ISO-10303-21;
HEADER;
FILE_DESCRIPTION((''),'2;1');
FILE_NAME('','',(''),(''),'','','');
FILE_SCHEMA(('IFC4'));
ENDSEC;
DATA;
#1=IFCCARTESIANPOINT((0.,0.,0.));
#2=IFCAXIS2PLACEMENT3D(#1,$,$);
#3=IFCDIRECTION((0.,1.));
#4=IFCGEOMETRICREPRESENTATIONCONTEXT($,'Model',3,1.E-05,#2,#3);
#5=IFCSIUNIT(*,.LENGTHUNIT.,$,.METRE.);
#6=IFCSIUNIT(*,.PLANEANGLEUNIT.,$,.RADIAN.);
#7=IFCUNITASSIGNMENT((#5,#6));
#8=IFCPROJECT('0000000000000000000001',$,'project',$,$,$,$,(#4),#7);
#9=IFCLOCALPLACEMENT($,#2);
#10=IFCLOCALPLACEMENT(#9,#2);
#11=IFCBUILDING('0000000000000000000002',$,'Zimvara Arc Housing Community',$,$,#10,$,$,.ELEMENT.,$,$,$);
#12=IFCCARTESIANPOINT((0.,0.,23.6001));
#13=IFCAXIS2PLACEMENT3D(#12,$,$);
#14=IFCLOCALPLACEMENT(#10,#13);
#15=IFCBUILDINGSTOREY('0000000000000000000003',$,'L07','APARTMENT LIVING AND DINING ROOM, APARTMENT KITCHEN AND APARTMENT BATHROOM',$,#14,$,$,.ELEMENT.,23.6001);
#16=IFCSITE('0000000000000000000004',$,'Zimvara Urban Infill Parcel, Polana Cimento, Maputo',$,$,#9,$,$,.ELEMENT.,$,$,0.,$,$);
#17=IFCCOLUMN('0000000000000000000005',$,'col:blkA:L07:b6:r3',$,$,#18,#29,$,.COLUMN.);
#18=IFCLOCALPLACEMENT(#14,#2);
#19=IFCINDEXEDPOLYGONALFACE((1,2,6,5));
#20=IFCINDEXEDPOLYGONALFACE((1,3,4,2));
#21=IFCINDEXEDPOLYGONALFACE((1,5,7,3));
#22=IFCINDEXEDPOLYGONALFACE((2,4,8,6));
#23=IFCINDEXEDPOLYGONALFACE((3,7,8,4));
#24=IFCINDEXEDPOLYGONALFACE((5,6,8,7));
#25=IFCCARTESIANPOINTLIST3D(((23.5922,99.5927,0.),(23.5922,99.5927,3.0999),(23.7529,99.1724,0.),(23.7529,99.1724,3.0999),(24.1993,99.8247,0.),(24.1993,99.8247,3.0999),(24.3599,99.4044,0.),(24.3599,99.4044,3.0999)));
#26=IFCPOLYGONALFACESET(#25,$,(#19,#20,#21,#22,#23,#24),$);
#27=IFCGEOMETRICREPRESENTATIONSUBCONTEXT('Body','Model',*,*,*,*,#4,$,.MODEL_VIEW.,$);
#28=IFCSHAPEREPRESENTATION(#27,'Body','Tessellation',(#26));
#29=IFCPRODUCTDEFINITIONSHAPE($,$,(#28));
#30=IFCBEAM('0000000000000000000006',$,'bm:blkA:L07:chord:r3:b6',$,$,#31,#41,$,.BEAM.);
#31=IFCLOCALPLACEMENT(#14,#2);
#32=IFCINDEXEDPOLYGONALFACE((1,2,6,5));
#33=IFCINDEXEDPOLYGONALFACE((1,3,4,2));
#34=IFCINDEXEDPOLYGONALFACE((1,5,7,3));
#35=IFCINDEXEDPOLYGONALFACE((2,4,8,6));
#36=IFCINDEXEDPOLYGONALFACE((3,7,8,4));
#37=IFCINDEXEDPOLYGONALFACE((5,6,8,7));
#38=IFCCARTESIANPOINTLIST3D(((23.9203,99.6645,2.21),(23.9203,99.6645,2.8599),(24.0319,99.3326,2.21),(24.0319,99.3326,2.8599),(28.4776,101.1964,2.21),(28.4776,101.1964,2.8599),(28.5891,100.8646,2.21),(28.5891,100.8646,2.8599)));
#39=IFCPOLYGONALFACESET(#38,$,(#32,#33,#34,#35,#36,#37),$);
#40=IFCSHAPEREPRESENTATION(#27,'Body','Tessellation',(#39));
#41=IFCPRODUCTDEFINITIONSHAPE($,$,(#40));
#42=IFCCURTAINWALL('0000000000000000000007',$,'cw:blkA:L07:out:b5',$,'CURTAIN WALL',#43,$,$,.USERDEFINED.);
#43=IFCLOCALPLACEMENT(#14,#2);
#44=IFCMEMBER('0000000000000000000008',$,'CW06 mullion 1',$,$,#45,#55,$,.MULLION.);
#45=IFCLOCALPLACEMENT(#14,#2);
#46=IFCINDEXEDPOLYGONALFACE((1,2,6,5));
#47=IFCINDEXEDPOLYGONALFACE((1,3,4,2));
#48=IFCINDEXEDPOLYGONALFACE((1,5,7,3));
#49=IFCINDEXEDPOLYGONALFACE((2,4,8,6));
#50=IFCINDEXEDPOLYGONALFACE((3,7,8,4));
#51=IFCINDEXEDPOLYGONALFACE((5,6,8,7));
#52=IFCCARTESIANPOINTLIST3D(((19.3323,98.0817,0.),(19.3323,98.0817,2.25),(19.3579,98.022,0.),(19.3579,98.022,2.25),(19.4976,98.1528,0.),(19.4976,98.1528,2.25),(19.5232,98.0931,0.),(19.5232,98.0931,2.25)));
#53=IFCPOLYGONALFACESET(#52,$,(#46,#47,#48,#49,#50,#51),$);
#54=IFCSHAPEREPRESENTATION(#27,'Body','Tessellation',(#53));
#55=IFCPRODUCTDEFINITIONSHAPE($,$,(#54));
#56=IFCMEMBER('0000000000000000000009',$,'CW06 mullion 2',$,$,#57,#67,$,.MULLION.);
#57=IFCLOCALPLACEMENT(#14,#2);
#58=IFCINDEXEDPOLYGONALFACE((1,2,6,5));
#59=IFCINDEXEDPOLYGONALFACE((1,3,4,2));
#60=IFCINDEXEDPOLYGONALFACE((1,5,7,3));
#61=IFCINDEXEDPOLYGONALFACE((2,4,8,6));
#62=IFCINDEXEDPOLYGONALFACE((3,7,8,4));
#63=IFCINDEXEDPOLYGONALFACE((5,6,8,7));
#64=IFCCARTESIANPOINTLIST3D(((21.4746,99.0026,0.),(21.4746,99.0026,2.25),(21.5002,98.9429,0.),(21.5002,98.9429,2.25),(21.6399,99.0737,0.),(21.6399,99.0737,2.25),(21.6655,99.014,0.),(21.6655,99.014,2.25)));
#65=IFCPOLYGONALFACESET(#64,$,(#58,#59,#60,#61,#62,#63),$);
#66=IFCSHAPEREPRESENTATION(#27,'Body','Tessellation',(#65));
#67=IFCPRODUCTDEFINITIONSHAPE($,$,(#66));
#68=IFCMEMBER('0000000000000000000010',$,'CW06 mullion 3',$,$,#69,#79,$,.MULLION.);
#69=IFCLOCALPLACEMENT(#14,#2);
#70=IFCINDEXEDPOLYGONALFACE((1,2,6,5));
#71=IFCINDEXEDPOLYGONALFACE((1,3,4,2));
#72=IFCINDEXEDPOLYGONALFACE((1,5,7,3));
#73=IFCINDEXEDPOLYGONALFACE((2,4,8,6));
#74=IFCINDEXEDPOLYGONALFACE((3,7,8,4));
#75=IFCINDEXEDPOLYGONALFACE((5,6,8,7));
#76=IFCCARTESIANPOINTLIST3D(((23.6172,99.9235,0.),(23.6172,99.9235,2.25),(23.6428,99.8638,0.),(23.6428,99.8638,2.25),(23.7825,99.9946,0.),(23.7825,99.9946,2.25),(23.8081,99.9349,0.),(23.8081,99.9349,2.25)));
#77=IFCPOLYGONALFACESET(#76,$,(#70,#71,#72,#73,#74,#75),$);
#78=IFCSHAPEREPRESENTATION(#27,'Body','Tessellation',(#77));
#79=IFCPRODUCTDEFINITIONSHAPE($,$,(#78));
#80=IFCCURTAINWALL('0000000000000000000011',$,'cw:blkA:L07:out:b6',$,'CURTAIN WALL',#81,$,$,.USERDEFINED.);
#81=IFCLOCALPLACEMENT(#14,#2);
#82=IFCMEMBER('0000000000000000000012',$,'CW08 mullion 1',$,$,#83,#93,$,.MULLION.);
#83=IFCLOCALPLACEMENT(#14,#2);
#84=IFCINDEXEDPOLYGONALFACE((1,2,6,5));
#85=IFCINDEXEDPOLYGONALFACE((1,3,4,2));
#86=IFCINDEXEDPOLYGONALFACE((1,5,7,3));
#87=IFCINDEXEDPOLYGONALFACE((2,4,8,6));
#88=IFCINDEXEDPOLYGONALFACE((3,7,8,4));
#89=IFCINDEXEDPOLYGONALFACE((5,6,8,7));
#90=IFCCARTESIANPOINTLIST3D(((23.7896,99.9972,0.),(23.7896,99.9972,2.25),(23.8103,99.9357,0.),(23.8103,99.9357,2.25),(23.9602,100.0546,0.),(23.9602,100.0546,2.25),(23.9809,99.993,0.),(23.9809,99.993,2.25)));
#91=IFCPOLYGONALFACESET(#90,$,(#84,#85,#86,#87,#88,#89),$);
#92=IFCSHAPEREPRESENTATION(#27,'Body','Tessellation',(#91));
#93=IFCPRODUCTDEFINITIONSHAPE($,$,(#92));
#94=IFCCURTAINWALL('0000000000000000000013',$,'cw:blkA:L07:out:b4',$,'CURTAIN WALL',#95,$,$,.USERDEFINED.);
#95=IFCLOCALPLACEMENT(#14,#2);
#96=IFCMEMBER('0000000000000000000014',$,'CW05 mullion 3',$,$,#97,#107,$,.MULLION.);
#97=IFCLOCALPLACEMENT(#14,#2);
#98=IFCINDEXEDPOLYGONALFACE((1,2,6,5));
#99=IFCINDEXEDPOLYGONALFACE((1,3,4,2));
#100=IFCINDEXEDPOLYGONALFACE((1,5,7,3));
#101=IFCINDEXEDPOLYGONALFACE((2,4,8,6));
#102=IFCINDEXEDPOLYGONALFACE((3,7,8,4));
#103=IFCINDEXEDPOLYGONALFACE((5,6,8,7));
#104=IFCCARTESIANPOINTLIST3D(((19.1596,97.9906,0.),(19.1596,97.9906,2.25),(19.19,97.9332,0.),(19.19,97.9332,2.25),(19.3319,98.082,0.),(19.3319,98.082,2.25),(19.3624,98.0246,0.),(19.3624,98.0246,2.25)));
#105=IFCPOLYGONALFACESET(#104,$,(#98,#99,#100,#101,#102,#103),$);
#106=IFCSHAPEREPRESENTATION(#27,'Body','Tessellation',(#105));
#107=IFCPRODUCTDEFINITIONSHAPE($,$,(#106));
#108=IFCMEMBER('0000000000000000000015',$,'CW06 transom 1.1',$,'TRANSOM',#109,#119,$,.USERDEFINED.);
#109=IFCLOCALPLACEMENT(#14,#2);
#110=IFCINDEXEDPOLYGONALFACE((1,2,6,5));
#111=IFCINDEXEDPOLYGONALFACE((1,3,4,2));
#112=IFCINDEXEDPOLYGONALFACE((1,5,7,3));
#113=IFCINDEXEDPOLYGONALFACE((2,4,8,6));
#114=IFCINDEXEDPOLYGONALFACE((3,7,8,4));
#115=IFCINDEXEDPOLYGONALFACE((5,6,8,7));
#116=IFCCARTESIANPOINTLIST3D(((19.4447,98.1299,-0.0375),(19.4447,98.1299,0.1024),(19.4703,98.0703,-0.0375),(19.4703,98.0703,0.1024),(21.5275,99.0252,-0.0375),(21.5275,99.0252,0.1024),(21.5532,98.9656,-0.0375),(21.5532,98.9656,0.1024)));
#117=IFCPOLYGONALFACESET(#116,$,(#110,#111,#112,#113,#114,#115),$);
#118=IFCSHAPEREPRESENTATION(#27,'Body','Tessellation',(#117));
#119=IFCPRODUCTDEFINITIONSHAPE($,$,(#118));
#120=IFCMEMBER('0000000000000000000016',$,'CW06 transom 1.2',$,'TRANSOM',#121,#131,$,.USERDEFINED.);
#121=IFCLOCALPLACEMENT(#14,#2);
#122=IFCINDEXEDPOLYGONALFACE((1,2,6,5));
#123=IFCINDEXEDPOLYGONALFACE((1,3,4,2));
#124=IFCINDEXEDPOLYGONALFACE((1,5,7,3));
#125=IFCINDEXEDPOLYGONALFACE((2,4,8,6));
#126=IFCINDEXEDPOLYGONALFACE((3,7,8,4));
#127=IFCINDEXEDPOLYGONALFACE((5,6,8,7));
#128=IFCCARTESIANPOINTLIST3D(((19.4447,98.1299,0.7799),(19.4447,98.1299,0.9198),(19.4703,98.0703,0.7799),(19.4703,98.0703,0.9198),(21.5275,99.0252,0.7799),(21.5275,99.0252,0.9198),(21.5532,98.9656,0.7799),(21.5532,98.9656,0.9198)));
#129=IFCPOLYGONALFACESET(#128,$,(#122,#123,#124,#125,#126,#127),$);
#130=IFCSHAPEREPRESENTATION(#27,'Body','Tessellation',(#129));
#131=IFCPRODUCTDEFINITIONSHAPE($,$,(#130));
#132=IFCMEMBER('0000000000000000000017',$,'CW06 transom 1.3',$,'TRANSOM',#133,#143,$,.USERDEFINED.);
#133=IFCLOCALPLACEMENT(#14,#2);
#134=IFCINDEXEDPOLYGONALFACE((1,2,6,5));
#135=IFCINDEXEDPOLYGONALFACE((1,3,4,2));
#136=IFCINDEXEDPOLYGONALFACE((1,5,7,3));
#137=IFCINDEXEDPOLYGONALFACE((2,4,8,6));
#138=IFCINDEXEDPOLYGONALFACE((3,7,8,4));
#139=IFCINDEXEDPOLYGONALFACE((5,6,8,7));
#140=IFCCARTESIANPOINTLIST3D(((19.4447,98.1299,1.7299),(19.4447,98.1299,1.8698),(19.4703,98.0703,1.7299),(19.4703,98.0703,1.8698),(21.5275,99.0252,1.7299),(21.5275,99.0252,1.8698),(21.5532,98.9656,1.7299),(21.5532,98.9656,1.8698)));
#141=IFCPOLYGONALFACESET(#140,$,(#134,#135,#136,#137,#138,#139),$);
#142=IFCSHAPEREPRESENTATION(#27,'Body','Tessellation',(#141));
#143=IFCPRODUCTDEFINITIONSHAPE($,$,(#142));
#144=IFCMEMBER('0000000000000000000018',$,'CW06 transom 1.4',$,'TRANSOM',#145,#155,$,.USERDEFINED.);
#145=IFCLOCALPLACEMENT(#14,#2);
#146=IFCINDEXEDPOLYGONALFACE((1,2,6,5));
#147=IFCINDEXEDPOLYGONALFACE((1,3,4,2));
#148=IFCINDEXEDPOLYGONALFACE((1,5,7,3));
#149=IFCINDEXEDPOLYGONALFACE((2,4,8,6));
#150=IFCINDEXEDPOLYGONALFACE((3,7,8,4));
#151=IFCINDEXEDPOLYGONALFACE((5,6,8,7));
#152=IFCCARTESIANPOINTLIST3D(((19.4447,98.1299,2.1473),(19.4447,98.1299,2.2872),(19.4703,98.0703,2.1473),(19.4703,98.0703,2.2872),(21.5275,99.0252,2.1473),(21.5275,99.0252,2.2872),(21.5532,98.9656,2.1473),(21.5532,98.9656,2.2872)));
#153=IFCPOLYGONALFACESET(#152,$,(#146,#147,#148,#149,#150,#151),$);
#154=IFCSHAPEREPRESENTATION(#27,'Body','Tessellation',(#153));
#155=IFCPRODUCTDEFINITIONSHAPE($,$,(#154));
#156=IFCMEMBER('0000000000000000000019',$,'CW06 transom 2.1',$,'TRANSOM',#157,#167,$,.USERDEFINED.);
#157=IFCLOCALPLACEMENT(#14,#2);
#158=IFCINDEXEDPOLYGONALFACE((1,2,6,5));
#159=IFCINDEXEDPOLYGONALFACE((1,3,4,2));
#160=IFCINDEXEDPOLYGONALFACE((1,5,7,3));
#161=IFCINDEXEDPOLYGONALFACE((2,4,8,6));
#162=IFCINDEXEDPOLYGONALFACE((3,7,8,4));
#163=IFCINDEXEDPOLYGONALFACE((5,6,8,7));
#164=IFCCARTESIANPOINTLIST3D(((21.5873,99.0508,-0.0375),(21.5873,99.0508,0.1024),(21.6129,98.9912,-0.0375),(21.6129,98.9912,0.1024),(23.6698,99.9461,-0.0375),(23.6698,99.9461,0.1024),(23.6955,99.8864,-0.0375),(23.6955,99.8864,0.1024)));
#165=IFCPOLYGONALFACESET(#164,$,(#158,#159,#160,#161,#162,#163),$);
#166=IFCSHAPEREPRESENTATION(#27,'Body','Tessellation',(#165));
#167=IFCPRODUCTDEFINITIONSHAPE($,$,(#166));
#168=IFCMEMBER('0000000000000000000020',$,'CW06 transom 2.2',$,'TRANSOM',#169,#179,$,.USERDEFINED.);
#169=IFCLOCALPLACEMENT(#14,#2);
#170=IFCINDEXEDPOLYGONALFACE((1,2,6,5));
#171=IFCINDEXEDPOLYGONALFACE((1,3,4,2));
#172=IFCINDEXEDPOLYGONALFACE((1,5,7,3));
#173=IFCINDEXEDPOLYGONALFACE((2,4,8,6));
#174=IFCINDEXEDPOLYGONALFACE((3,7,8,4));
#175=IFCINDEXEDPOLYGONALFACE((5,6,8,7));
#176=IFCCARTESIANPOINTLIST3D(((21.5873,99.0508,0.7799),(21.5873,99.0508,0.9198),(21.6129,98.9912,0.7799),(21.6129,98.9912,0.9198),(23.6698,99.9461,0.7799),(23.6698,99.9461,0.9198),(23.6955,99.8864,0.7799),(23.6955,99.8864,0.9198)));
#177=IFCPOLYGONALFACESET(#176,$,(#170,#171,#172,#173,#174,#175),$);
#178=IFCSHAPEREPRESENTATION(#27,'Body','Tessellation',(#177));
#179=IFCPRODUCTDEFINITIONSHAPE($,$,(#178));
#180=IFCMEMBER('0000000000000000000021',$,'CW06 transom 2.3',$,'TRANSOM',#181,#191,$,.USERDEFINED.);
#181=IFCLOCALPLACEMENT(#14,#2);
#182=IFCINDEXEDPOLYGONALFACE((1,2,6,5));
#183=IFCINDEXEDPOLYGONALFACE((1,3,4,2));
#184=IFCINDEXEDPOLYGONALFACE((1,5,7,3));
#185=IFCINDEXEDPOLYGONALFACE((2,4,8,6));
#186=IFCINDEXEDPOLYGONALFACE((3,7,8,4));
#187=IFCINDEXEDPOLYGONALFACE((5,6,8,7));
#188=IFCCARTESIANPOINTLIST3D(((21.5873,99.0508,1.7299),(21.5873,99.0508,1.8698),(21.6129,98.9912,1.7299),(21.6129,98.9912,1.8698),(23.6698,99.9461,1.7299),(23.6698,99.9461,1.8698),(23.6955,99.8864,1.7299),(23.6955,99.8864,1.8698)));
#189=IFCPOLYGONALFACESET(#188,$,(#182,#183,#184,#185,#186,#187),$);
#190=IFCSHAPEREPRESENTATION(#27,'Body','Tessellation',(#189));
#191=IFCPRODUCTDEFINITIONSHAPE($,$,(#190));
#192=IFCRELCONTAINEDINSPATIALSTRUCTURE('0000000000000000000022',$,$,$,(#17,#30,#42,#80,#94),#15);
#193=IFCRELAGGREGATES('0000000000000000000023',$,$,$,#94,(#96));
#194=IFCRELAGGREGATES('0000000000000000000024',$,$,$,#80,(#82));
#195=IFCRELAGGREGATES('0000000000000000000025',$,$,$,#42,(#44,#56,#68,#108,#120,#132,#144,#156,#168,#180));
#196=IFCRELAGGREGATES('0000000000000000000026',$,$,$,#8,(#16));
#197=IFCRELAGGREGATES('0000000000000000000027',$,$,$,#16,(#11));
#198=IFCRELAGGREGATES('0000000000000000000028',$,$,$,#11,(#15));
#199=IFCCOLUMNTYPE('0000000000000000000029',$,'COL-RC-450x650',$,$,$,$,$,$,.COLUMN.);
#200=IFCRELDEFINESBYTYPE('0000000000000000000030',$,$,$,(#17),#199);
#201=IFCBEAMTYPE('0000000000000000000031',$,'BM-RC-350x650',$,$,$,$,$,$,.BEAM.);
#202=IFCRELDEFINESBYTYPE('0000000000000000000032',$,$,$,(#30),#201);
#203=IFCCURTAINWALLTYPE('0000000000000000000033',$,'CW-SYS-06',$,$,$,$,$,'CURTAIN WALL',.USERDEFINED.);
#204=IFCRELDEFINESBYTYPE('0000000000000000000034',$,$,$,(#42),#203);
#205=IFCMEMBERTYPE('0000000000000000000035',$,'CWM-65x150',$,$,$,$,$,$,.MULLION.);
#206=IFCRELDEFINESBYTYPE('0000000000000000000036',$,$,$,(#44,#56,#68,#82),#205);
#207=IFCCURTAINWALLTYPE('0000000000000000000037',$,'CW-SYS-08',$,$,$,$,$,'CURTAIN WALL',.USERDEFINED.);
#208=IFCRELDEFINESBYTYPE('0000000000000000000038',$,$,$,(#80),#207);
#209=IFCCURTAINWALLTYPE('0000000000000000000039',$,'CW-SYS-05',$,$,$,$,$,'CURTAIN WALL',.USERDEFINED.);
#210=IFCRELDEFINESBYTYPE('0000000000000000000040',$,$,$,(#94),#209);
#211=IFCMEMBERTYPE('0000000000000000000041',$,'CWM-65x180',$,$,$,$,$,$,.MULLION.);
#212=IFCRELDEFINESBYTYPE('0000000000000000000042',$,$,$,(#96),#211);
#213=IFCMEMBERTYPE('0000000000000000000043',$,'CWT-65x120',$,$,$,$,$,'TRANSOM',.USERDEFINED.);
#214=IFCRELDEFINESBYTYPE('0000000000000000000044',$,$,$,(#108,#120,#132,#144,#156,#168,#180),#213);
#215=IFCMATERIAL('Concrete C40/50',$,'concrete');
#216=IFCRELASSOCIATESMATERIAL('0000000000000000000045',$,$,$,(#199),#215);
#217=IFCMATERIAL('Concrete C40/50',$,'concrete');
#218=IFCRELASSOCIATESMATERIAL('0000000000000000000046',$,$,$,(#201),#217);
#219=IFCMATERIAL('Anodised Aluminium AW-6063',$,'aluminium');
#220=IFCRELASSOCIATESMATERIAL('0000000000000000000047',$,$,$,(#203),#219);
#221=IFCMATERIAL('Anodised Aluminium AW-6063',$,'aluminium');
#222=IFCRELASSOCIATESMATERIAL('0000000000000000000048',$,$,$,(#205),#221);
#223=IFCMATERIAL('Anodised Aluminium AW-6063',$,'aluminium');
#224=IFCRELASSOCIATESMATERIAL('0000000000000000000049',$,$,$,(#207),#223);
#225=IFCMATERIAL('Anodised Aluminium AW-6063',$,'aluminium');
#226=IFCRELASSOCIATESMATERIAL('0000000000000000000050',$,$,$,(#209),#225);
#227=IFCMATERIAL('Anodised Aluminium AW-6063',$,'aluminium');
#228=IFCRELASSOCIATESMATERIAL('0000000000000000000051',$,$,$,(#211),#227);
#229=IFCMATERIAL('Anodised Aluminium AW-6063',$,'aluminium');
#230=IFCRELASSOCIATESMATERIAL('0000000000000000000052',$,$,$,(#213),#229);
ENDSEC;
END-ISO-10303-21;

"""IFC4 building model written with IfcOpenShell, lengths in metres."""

from ifc_helpers import new_model, si_unit, direction, frame, origin, origin_2d, place, context, subcontext, project, spatial, rectangle, extrude, material, material_profile, profile_set, type_object, element, aggregate, save


model = new_model("IFC4")

# Units and contexts
model_context = context("Model", 3, precision=1e-05, world=origin(), true_north=direction((0.0, 1.0)))
body_context = subcontext(model_context, "Body", "Model", "MODEL_VIEW")
ifc_project = project(units=[si_unit("LENGTHUNIT", "METRE"), si_unit("PLANEANGLEUNIT", "RADIAN")], contexts=[model_context])

# Site, building, storey
site_placement = place(None, origin())
site = spatial("IfcSite", under=ifc_project, at=site_placement, Name="Zimvara Urban Infill Parcel, Polana Cimento, Maputo", CompositionType="ELEMENT", RefElevation=0.0)
building_placement = place(site_placement, origin())
building = spatial("IfcBuilding", under=site, at=building_placement, Name="Zimvara Arc Housing Community", CompositionType="ELEMENT")
storey_placement = place(building_placement, frame((0.0, 0.0, 23.6001)))
storey = spatial("IfcBuildingStorey", under=building, at=storey_placement, Name="L07", Description="APARTMENT LIVING AND DINING ROOM, APARTMENT KITCHEN AND APARTMENT BATHROOM", CompositionType="ELEMENT", Elevation=23.6001)

# Column
ifc_material_1 = material(Name="Concrete C40/50", Category="concrete")
ifc_material_profile_1 = material_profile(ifc_material_1, rectangle(XDim=0.45, YDim=0.6499, at=origin_2d()), Name="RC 450x650")
ifc_profile_set_1 = profile_set([ifc_material_profile_1], Name="Concrete C40/50")
column_type = type_object("IfcColumnType", Name="COL-RC-450x650", PredefinedType="COLUMN", material=ifc_profile_set_1)
column_placement = place(storey_placement, frame((23.9761, 99.4985, 0.0), z_axis=(0.0, 0.0, 1.0), x_axis=(-0.357064, 0.93408, 0.0)))
element("IfcColumn", 1, at=column_placement, inside=storey, type_object=column_type, Name="col:blkA:L07:b6:r3", PredefinedType="COLUMN", context=body_context, shape_type="SweptSolid", body=[
    extrude(rectangle(XDim=0.45, YDim=0.6499, at=origin_2d()), origin(), (0.0, 0.0, 1.0), 3.0999),
])

# Beam
ifc_material_2 = material(Name="Concrete C40/50", Category="concrete")
ifc_material_profile_2 = material_profile(ifc_material_2, rectangle(XDim=0.3501, YDim=0.6499, at=origin_2d()), Name="RC 350x650")
ifc_profile_set_2 = profile_set([ifc_material_profile_2], Name="Concrete C40/50")
beam_type = type_object("IfcBeamType", Name="BM-RC-350x650", PredefinedType="BEAM", material=ifc_profile_set_2)
beam_placement = place(storey_placement, frame((23.9761, 99.4985, 2.5349), z_axis=(0.947878, 0.318634, 0.0), x_axis=(-0.318634, 0.947878, 0.0)))
element("IfcBeam", 2, at=beam_placement, inside=storey, type_object=beam_type, Name="bm:blkA:L07:chord:r3:b6", PredefinedType="BEAM", context=body_context, shape_type="SweptSolid", body=[
    extrude(rectangle(XDim=0.3501, YDim=0.6499, at=origin_2d()), origin(), (0.0, 0.0, 1.0), 4.8079),
])

# Curtain wall, members
ifc_material_3 = material(Name="Anodised Aluminium AW-6063", Category="aluminium")
curtain_wall_type_1 = type_object("IfcCurtainWallType", Name="CW-SYS-06", ElementType="CURTAIN WALL", PredefinedType="USERDEFINED", material=ifc_material_3)
curtain_wall_1_placement = place(storey_placement, origin())
curtain_wall_1 = element("IfcCurtainWall", 3, at=curtain_wall_1_placement, inside=storey, type_object=curtain_wall_type_1, Name="cw:blkA:L07:out:b5", ObjectType="CURTAIN WALL", PredefinedType="USERDEFINED")
ifc_material_4 = material(Name="Anodised Aluminium AW-6063", Category="aluminium")
ifc_material_profile_3 = material_profile(ifc_material_4, rectangle(XDim=0.0649, YDim=0.1799, at=origin_2d()), Name="ALU 65x180")
ifc_profile_set_3 = profile_set([ifc_material_profile_3], Name="Anodised Aluminium AW-6063")
member_type_1 = type_object("IfcMemberType", Name="CWM-65x150", PredefinedType="MULLION", material=ifc_profile_set_3)
member_1_placement = place(storey_placement, frame((19.4277, 98.0874, 0.0), z_axis=(0.0, 0.0, 1.0), x_axis=(-0.394904, 0.918722, 0.0)))
member_1 = element("IfcMember", 4, at=member_1_placement, type_object=member_type_1, Name="CW06 mullion 1", PredefinedType="MULLION", context=body_context, shape_type="SweptSolid", body=[
    extrude(rectangle(XDim=0.0649, YDim=0.1799, at=origin_2d()), origin(), (0.0, 0.0, 1.0), 2.25),
])
member_2_placement = place(storey_placement, frame((21.5701, 99.0083, 0.0), z_axis=(0.0, 0.0, 1.0), x_axis=(-0.394904, 0.918722, 0.0)))
member_2 = element("IfcMember", 5, at=member_2_placement, type_object=member_type_1, Name="CW06 mullion 2", PredefinedType="MULLION", context=body_context, shape_type="SweptSolid", body=[
    extrude(rectangle(XDim=0.0649, YDim=0.1799, at=origin_2d()), origin(), (0.0, 0.0, 1.0), 2.25),
])
member_3_placement = place(storey_placement, frame((23.7126, 99.9292, 0.0), z_axis=(0.0, 0.0, 1.0), x_axis=(-0.394904, 0.918722, 0.0)))
member_3 = element("IfcMember", 6, at=member_3_placement, type_object=member_type_1, Name="CW06 mullion 3", PredefinedType="MULLION", context=body_context, shape_type="SweptSolid", body=[
    extrude(rectangle(XDim=0.0649, YDim=0.1799, at=origin_2d()), origin(), (0.0, 0.0, 1.0), 2.25),
])

# Curtain walls, members
ifc_material_5 = material(Name="Anodised Aluminium AW-6063", Category="aluminium")
curtain_wall_type_2 = type_object("IfcCurtainWallType", Name="CW-SYS-08", ElementType="CURTAIN WALL", PredefinedType="USERDEFINED", material=ifc_material_5)
curtain_wall_2_placement = place(storey_placement, origin())
curtain_wall_2 = element("IfcCurtainWall", 7, at=curtain_wall_2_placement, inside=storey, type_object=curtain_wall_type_2, Name="cw:blkA:L07:out:b6", ObjectType="CURTAIN WALL", PredefinedType="USERDEFINED")
member_4_placement = place(storey_placement, frame((23.8853, 99.9951, 0.0), z_axis=(0.0, 0.0, 1.0), x_axis=(-0.318629, 0.94788, 0.0)))
member_4 = element("IfcMember", 8, at=member_4_placement, type_object=member_type_1, Name="CW08 mullion 1", PredefinedType="MULLION", context=body_context, shape_type="SweptSolid", body=[
    extrude(rectangle(XDim=0.0649, YDim=0.1799, at=origin_2d()), origin(), (0.0, 0.0, 1.0), 2.25),
])
ifc_material_6 = material(Name="Anodised Aluminium AW-6063", Category="aluminium")
curtain_wall_type_3 = type_object("IfcCurtainWallType", Name="CW-SYS-05", ElementType="CURTAIN WALL", PredefinedType="USERDEFINED", material=ifc_material_6)
curtain_wall_3_placement = place(storey_placement, origin())
curtain_wall_3 = element("IfcCurtainWall", 9, at=curtain_wall_3_placement, inside=storey, type_object=curtain_wall_type_3, Name="cw:blkA:L07:out:b4", ObjectType="CURTAIN WALL", PredefinedType="USERDEFINED")
ifc_material_7 = material(Name="Anodised Aluminium AW-6063", Category="aluminium")
ifc_material_profile_4 = material_profile(ifc_material_7, rectangle(XDim=0.0649, YDim=0.1951, at=origin_2d()), Name="ALU 65x195")
ifc_profile_set_4 = profile_set([ifc_material_profile_4], Name="Anodised Aluminium AW-6063")
member_type_2 = type_object("IfcMemberType", Name="CWM-65x180", PredefinedType="MULLION", material=ifc_profile_set_4)
member_5_placement = place(storey_placement, frame((19.261, 98.0076, 0.0), z_axis=(0.0, 0.0, 1.0), x_axis=(-0.468547, 0.883439, 0.0)))
member_5 = element("IfcMember", 10, at=member_5_placement, type_object=member_type_2, Name="CW05 mullion 3", PredefinedType="MULLION", context=body_context, shape_type="SweptSolid", body=[
    extrude(rectangle(XDim=0.0649, YDim=0.1951, at=origin_2d()), origin(), (0.0, 0.0, 1.0), 2.25),
])
aggregate(curtain_wall_3, [member_5])

# Members
ifc_material_8 = material(Name="Anodised Aluminium AW-6063", Category="aluminium")
ifc_material_profile_5 = material_profile(ifc_material_8, rectangle(XDim=0.0649, YDim=0.1399, at=origin_2d()), Name="ALU 65x140")
ifc_profile_set_5 = profile_set([ifc_material_profile_5], Name="Anodised Aluminium AW-6063")
member_type_3 = type_object("IfcMemberType", Name="CWT-65x120", ElementType="TRANSOM", PredefinedType="USERDEFINED", material=ifc_profile_set_5)
member_6_placement = place(storey_placement, frame((19.4575, 98.1001, 0.0325), z_axis=(0.918721, 0.394907, 0.0), x_axis=(-0.394907, 0.918721, 0.0)))
member_6 = element("IfcMember", 11, at=member_6_placement, type_object=member_type_3, Name="CW06 transom 1.1", ObjectType="TRANSOM", PredefinedType="USERDEFINED", context=body_context, shape_type="SweptSolid", body=[
    extrude(rectangle(XDim=0.0649, YDim=0.1399, at=origin_2d()), origin(), (0.0, 0.0, 1.0), 2.2671),
])
member_7_placement = place(storey_placement, frame((19.4575, 98.1001, 0.8499), z_axis=(0.918721, 0.394907, 0.0), x_axis=(-0.394907, 0.918721, 0.0)))
member_7 = element("IfcMember", 12, at=member_7_placement, type_object=member_type_3, Name="CW06 transom 1.2", ObjectType="TRANSOM", PredefinedType="USERDEFINED", context=body_context, shape_type="SweptSolid", body=[
    extrude(rectangle(XDim=0.0649, YDim=0.1399, at=origin_2d()), origin(), (0.0, 0.0, 1.0), 2.2671),
])
member_8_placement = place(storey_placement, frame((19.4575, 98.1001, 1.7998), z_axis=(0.918721, 0.394907, 0.0), x_axis=(-0.394907, 0.918721, 0.0)))
member_8 = element("IfcMember", 13, at=member_8_placement, type_object=member_type_3, Name="CW06 transom 1.3", ObjectType="TRANSOM", PredefinedType="USERDEFINED", context=body_context, shape_type="SweptSolid", body=[
    extrude(rectangle(XDim=0.0649, YDim=0.1399, at=origin_2d()), origin(), (0.0, 0.0, 1.0), 2.2671),
])
member_9_placement = place(storey_placement, frame((19.4575, 98.1001, 2.2173), z_axis=(0.918721, 0.394907, 0.0), x_axis=(-0.394907, 0.918721, 0.0)))
member_9 = element("IfcMember", 14, at=member_9_placement, type_object=member_type_3, Name="CW06 transom 1.4", ObjectType="TRANSOM", PredefinedType="USERDEFINED", context=body_context, shape_type="SweptSolid", body=[
    extrude(rectangle(XDim=0.0649, YDim=0.1399, at=origin_2d()), origin(), (0.0, 0.0, 1.0), 2.2671),
])
member_10_placement = place(storey_placement, frame((21.6001, 99.021, 0.0325), z_axis=(0.918704, 0.394946, 0.0), x_axis=(-0.394946, 0.918704, 0.0)))
member_10 = element("IfcMember", 15, at=member_10_placement, type_object=member_type_3, Name="CW06 transom 2.1", ObjectType="TRANSOM", PredefinedType="USERDEFINED", context=body_context, shape_type="SweptSolid", body=[
    extrude(rectangle(XDim=0.0649, YDim=0.1399, at=origin_2d()), origin(), (0.0, 0.0, 1.0), 2.2668),
])
member_11_placement = place(storey_placement, frame((21.6001, 99.021, 0.8499), z_axis=(0.918704, 0.394946, 0.0), x_axis=(-0.394946, 0.918704, 0.0)))
member_11 = element("IfcMember", 16, at=member_11_placement, type_object=member_type_3, Name="CW06 transom 2.2", ObjectType="TRANSOM", PredefinedType="USERDEFINED", context=body_context, shape_type="SweptSolid", body=[
    extrude(rectangle(XDim=0.0649, YDim=0.1399, at=origin_2d()), origin(), (0.0, 0.0, 1.0), 2.2668),
])
member_12_placement = place(storey_placement, frame((21.6001, 99.021, 1.7998), z_axis=(0.918704, 0.394946, 0.0), x_axis=(-0.394946, 0.918704, 0.0)))
member_12 = element("IfcMember", 17, at=member_12_placement, type_object=member_type_3, Name="CW06 transom 2.3", ObjectType="TRANSOM", PredefinedType="USERDEFINED", context=body_context, shape_type="SweptSolid", body=[
    extrude(rectangle(XDim=0.0649, YDim=0.1399, at=origin_2d()), origin(), (0.0, 0.0, 1.0), 2.2668),
])

aggregate(curtain_wall_2, [member_4])
aggregate(curtain_wall_1, [member_1, member_2, member_3, member_6, member_7, member_8, member_9, member_10, member_11, member_12])

save(model, "model.ifc")
